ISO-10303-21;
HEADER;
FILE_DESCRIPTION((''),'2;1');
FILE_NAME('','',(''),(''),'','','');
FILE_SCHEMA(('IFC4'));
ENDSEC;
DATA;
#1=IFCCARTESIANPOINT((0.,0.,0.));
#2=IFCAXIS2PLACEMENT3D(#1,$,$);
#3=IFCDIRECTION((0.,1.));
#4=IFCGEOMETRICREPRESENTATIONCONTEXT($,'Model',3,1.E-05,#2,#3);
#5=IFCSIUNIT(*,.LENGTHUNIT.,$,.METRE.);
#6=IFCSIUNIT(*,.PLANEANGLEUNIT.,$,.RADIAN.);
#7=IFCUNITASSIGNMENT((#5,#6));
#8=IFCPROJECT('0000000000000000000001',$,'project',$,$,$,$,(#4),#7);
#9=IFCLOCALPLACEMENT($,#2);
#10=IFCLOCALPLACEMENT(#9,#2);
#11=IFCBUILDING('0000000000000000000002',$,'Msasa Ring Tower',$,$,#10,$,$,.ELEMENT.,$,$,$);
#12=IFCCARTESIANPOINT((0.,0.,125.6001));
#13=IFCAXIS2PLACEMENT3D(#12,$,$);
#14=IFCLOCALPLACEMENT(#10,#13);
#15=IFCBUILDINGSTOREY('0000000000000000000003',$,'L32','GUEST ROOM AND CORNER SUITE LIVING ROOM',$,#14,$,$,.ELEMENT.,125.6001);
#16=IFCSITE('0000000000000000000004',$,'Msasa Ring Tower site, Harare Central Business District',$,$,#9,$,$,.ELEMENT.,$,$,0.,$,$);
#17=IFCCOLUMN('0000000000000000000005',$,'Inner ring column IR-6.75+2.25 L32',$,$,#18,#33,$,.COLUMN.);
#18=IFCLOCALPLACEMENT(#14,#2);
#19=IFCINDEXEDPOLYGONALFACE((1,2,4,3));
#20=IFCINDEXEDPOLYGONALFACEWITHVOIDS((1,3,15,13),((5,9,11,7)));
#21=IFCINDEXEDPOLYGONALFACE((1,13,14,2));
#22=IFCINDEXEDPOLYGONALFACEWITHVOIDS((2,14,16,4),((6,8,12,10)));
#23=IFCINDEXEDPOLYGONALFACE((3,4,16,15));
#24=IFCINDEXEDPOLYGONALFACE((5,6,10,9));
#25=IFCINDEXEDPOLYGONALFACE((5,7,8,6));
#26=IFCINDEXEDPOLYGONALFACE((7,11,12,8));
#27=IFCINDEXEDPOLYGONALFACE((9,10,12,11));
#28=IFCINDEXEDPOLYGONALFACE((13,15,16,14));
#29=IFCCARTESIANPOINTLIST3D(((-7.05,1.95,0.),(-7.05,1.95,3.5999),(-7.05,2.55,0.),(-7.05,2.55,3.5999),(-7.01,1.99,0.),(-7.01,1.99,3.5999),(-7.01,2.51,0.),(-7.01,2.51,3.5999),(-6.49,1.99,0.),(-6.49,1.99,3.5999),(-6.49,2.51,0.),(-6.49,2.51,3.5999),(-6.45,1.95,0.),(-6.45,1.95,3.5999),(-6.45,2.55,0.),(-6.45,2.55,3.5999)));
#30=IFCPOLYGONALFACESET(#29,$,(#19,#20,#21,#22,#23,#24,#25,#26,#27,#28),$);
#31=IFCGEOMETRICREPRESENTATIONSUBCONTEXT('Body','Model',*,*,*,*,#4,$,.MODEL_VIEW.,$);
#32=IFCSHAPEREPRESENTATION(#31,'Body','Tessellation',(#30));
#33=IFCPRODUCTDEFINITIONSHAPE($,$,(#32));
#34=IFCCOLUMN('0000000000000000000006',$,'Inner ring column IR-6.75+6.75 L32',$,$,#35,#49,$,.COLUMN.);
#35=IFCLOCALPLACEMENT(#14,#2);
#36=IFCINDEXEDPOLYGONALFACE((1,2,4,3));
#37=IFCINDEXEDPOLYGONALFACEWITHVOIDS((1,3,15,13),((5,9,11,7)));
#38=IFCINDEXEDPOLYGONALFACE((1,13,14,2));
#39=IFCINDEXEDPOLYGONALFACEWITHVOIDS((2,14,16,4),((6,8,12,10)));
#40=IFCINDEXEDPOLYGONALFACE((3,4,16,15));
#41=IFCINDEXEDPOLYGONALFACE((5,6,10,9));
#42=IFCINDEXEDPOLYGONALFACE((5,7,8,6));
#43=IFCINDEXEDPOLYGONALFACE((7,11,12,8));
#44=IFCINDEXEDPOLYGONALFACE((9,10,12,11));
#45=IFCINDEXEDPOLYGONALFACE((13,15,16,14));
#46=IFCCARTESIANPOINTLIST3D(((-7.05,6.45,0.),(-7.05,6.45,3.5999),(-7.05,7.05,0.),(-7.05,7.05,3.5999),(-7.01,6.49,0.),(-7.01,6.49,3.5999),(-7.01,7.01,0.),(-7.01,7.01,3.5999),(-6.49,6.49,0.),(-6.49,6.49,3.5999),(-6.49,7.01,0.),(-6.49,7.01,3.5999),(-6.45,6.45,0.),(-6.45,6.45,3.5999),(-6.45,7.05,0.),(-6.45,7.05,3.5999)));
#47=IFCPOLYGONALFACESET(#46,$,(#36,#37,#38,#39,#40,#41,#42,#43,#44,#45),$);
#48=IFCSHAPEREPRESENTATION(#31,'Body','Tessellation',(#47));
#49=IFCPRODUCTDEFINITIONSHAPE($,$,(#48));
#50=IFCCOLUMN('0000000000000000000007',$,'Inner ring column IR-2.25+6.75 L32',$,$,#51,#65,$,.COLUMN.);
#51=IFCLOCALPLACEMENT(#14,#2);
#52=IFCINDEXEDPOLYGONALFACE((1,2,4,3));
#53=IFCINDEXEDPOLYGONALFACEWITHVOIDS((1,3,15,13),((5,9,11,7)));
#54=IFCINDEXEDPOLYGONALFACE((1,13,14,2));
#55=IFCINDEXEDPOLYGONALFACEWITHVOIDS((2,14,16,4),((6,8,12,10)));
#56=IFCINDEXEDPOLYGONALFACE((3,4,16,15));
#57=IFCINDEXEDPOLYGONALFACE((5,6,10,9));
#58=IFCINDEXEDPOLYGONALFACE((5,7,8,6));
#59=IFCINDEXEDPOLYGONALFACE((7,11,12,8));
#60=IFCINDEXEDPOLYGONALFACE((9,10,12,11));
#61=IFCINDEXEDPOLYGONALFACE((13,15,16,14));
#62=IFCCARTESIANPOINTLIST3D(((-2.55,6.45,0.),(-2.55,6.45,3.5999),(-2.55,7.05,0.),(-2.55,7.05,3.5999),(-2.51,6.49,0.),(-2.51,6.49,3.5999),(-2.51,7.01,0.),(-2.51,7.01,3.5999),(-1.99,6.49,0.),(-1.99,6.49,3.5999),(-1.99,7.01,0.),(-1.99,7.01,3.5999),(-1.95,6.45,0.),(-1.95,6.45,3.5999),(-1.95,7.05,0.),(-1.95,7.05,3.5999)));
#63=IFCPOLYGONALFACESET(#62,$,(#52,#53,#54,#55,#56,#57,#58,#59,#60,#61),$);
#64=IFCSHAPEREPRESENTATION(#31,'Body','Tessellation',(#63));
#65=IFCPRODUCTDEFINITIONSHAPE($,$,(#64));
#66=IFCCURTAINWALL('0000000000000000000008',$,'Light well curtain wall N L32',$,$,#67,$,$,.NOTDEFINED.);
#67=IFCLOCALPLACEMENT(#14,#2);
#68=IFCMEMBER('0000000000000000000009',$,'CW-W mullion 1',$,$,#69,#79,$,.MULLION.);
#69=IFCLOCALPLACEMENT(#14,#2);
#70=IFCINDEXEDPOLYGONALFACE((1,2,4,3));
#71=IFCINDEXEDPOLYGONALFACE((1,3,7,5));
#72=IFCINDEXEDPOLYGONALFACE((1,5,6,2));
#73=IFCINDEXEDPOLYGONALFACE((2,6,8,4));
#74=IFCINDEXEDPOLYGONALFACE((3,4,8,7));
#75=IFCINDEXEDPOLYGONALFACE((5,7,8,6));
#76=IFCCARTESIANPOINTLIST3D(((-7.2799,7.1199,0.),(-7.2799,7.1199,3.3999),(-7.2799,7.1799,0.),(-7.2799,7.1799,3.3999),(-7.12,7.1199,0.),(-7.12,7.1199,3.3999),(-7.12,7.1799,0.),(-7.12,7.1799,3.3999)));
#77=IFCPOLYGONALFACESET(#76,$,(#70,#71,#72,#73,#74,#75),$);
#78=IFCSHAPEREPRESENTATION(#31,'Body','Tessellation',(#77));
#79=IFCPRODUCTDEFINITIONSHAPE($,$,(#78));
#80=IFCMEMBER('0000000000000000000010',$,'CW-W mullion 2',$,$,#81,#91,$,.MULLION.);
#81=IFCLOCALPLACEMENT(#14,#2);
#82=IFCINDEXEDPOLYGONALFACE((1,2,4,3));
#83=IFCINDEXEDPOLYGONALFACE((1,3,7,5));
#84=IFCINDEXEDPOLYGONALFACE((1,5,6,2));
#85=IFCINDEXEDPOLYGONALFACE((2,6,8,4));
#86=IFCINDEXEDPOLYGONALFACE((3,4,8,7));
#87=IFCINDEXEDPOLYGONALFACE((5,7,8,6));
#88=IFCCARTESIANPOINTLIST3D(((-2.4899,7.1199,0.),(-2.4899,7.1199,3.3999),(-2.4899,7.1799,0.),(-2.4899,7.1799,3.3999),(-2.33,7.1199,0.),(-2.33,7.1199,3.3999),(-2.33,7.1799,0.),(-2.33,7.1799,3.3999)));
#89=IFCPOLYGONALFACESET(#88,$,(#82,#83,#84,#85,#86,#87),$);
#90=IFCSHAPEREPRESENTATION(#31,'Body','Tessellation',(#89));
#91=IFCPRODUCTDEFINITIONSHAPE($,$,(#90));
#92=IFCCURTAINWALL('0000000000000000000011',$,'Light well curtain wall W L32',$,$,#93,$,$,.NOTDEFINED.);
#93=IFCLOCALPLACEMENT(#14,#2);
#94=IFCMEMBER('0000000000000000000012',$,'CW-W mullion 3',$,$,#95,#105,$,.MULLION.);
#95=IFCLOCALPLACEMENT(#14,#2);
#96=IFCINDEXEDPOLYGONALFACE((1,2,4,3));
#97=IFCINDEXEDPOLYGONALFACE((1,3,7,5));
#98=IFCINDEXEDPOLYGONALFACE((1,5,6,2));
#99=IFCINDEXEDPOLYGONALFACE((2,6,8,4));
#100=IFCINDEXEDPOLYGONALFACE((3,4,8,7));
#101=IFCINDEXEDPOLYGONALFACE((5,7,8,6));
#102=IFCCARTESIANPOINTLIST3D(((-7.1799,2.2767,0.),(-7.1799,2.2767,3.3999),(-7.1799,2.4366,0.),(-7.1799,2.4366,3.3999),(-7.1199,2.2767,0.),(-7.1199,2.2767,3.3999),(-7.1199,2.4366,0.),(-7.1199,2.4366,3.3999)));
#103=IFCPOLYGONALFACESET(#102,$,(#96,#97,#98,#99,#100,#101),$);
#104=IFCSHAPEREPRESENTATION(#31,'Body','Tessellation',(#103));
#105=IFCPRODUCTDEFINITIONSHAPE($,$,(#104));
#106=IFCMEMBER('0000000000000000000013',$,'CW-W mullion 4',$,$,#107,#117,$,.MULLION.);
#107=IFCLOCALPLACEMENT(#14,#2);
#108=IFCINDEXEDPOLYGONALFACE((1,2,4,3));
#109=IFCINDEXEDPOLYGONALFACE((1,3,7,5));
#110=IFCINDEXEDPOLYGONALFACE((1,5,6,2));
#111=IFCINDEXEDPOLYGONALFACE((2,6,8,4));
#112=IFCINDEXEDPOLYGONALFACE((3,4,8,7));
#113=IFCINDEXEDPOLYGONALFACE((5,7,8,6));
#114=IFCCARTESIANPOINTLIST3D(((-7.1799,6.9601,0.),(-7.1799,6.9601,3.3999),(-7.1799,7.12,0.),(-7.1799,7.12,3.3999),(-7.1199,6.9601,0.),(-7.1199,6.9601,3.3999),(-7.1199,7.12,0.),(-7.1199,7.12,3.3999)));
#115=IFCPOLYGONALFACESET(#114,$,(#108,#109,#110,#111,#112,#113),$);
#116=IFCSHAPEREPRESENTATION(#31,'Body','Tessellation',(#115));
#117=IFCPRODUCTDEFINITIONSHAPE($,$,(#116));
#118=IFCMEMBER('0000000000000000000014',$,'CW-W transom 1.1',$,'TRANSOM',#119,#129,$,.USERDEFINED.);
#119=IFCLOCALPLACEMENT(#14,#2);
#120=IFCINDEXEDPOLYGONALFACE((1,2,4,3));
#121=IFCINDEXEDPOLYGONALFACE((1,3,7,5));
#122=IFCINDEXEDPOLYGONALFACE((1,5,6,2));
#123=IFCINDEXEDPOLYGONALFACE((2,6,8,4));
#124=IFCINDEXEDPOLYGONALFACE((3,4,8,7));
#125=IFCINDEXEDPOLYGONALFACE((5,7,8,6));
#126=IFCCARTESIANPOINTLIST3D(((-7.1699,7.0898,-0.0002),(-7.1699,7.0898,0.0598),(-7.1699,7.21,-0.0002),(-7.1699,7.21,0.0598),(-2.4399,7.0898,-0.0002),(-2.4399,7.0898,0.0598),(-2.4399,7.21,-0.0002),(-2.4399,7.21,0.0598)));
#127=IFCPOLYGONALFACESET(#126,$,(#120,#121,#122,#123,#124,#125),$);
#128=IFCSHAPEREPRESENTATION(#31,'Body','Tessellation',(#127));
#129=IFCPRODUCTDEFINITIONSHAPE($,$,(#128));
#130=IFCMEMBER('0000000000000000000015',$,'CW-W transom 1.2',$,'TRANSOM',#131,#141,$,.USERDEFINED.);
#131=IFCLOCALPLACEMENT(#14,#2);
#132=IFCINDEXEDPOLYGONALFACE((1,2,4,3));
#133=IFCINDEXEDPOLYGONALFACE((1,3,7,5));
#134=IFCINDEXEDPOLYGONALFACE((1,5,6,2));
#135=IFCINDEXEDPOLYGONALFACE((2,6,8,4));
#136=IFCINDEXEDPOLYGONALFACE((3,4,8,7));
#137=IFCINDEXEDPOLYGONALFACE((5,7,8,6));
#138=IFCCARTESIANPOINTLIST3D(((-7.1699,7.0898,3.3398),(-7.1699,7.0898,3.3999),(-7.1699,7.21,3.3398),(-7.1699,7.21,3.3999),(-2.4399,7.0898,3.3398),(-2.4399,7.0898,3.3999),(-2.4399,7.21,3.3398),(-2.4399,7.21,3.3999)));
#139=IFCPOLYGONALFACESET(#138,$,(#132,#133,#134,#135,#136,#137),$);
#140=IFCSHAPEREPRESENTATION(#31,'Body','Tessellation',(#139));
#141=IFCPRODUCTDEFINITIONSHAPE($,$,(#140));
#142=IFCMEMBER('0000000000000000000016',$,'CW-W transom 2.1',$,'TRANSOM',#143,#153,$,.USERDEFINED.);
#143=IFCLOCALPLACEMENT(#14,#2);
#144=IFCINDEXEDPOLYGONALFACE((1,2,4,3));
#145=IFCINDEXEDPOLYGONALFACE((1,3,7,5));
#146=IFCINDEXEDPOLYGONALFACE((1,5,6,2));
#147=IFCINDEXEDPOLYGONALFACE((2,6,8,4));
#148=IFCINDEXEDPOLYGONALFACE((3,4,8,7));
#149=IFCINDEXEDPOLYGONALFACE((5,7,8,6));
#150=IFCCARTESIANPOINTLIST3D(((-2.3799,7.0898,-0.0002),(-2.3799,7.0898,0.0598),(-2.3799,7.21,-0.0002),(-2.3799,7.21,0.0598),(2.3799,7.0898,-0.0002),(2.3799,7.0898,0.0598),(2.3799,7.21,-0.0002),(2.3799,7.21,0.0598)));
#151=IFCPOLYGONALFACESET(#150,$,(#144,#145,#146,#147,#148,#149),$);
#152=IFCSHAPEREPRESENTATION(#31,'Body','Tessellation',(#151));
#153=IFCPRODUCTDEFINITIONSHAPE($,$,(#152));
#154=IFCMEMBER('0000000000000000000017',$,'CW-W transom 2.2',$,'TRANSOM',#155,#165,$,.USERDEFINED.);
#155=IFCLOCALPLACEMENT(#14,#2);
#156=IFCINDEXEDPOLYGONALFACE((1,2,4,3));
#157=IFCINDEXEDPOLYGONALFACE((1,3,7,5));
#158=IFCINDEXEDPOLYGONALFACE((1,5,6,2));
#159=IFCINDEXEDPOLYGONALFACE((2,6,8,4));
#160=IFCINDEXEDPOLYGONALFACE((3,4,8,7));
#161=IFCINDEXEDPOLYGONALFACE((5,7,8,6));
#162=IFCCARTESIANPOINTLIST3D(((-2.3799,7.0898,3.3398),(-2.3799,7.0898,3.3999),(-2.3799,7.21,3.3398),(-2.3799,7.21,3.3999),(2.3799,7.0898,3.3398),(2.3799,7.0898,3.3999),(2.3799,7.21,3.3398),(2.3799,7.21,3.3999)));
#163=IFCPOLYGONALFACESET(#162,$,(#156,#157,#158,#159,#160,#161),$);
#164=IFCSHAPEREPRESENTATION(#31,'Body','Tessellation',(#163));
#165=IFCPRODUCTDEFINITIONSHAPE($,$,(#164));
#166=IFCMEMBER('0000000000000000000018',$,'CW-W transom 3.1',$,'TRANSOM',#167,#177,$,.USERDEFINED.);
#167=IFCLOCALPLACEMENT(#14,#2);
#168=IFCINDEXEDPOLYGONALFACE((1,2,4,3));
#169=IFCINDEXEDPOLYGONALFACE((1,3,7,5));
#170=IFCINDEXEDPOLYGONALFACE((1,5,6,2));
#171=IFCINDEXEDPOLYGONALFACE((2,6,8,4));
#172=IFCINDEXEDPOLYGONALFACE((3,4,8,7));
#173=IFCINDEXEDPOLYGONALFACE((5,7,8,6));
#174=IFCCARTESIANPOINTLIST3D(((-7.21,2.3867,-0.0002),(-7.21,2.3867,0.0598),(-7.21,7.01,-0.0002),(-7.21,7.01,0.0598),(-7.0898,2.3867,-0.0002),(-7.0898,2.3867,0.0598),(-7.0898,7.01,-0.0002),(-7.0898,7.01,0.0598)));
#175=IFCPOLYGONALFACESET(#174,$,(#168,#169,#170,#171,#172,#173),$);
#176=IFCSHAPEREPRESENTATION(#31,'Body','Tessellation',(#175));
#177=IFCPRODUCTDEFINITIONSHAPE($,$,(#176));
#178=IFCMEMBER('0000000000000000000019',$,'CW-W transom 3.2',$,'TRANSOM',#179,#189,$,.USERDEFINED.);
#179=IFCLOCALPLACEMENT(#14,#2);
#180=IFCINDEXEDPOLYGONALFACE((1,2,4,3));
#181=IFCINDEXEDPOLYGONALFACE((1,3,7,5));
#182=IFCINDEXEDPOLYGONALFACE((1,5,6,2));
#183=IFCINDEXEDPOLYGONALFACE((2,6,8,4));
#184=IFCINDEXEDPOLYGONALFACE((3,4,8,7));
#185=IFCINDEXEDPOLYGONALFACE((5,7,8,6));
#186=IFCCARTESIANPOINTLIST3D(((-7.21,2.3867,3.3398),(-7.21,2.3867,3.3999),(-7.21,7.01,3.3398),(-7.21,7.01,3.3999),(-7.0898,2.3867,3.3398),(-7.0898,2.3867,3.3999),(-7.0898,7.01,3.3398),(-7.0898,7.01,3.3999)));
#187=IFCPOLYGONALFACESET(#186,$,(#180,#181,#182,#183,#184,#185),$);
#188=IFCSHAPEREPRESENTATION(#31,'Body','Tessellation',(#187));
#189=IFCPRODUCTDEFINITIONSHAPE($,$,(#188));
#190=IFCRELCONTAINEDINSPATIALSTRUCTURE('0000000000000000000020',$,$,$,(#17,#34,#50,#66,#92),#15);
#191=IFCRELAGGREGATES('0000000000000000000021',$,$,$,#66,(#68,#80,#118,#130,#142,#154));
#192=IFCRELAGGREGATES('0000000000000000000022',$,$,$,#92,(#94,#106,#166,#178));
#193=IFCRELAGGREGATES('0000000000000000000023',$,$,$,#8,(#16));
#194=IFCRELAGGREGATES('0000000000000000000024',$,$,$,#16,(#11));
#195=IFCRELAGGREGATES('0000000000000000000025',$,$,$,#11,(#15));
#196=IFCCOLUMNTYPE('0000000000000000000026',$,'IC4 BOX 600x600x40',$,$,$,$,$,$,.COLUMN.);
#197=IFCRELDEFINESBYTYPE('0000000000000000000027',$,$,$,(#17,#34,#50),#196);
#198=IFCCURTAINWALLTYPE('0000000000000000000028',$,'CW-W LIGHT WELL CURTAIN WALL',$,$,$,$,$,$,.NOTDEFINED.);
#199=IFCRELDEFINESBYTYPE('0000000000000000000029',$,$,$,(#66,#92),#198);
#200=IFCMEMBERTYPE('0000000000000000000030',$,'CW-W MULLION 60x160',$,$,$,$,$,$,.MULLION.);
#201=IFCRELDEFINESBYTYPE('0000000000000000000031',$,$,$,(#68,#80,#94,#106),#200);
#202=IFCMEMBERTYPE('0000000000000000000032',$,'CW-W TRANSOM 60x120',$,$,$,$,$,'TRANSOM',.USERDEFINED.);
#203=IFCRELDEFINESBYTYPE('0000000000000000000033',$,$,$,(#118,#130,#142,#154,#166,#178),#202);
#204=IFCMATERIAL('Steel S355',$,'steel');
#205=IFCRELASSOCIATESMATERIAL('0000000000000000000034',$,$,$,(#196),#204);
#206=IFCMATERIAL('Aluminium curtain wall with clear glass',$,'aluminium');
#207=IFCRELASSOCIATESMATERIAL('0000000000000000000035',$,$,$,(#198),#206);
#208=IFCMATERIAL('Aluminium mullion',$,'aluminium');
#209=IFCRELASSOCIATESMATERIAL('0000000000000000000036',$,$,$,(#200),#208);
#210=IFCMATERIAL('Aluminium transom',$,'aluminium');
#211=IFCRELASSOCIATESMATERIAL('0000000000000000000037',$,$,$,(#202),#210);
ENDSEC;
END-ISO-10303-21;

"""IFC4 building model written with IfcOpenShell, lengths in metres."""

from ifc_helpers import new_model, si_unit, direction, frame, origin, origin_2d, place, context, subcontext, project, spatial, rectangle, hollow_rectangle, extrude, material, material_profile, profile_set, type_object, element, aggregate, save


model = new_model("IFC4")

# Units and contexts
model_context = context("Model", 3, precision=1e-05, world=origin(), true_north=direction((0.0, 1.0)))
body_context = subcontext(model_context, "Body", "Model", "MODEL_VIEW")
ifc_project = project(units=[si_unit("LENGTHUNIT", "METRE"), si_unit("PLANEANGLEUNIT", "RADIAN")], contexts=[model_context])

# Site, building, storey
site_placement = place(None, origin())
site = spatial("IfcSite", under=ifc_project, at=site_placement, Name="Msasa Ring Tower site, Harare Central Business District", CompositionType="ELEMENT", RefElevation=0.0)
building_placement = place(site_placement, origin())
building = spatial("IfcBuilding", under=site, at=building_placement, Name="Msasa Ring Tower", CompositionType="ELEMENT")
storey_placement = place(building_placement, frame((0.0, 0.0, 125.6001)))
storey = spatial("IfcBuildingStorey", under=building, at=storey_placement, Name="L32", Description="GUEST ROOM AND CORNER SUITE LIVING ROOM", CompositionType="ELEMENT", Elevation=125.6001)

# Columns
ifc_material_1 = material(Name="Steel S355", Category="steel")
ifc_material_profile_1 = material_profile(ifc_material_1, hollow_rectangle(XDim=0.6001, YDim=0.6001, WallThickness=0.04, at=origin_2d()), Name="BOX 600x600x40")
ifc_profile_set_1 = profile_set([ifc_material_profile_1], Name="Steel S355")
column_type = type_object("IfcColumnType", Name="IC4 BOX 600x600x40", PredefinedType="COLUMN", material=ifc_profile_set_1)
for number, where, z_axis, x_axis, name in (
    (1, (-6.75, 2.25, 0.0), (0.0, 0.0, 1.0), (1.0, 0.0, 0.0), "Inner ring column IR-6.75+2.25 L32"),
    (2, (-6.75, 6.75, 0.0), (0.0, 0.0, 1.0), (1.0, 0.0, 0.0), "Inner ring column IR-6.75+6.75 L32"),
    (3, (-2.25, 6.75, 0.0), (0.0, 0.0, 1.0), (1.0, 0.0, 0.0), "Inner ring column IR-2.25+6.75 L32"),
):
    element("IfcColumn", number, at=place(storey_placement, frame(where, z_axis=z_axis, x_axis=x_axis)), inside=storey, type_object=column_type, Name=name, PredefinedType="COLUMN", context=body_context, shape_type="SweptSolid", body=[
        extrude(hollow_rectangle(XDim=0.6001, YDim=0.6001, WallThickness=0.04, at=origin_2d()), origin(), (0.0, 0.0, 1.0), 3.5999),
    ])

# Curtain walls, members
ifc_material_2 = material(Name="Aluminium curtain wall with clear glass", Category="aluminium")
curtain_wall_type = type_object("IfcCurtainWallType", Name="CW-W LIGHT WELL CURTAIN WALL", PredefinedType="NOTDEFINED", material=ifc_material_2)
curtain_wall_1_placement = place(storey_placement, origin())
curtain_wall_1 = element("IfcCurtainWall", 4, at=curtain_wall_1_placement, inside=storey, type_object=curtain_wall_type, Name="Light well curtain wall N L32", PredefinedType="NOTDEFINED")
ifc_material_3 = material(Name="Aluminium mullion", Category="aluminium")
ifc_material_profile_2 = material_profile(ifc_material_3, rectangle(XDim=0.0601, YDim=0.1599, at=origin_2d()), Name="AL 60x160")
ifc_profile_set_2 = profile_set([ifc_material_profile_2], Name="Aluminium mullion")
member_type_1 = type_object("IfcMemberType", Name="CW-W MULLION 60x160", PredefinedType="MULLION", material=ifc_profile_set_2)
member_1_placement = place(storey_placement, frame((-7.2, 7.1499, 0.0), z_axis=(0.0, 0.0, 1.0), x_axis=(0.0, 1.0, 0.0)))
member_1 = element("IfcMember", 5, at=member_1_placement, type_object=member_type_1, Name="CW-W mullion 1", PredefinedType="MULLION", context=body_context, shape_type="SweptSolid", body=[
    extrude(rectangle(XDim=0.0601, YDim=0.1599, at=origin_2d()), origin(), (0.0, 0.0, 1.0), 3.3999),
])
member_2_placement = place(storey_placement, frame((-2.4099, 7.1499, 0.0), z_axis=(0.0, 0.0, 1.0), x_axis=(0.0, 1.0, 0.0)))
member_2 = element("IfcMember", 6, at=member_2_placement, type_object=member_type_1, Name="CW-W mullion 2", PredefinedType="MULLION", context=body_context, shape_type="SweptSolid", body=[
    extrude(rectangle(XDim=0.0601, YDim=0.1599, at=origin_2d()), origin(), (0.0, 0.0, 1.0), 3.3999),
])
curtain_wall_2_placement = place(storey_placement, origin())
curtain_wall_2 = element("IfcCurtainWall", 7, at=curtain_wall_2_placement, inside=storey, type_object=curtain_wall_type, Name="Light well curtain wall W L32", PredefinedType="NOTDEFINED")
member_3_placement = place(storey_placement, frame((-7.1499, 2.3567, 0.0), z_axis=(0.0, 0.0, 1.0), x_axis=(-1.0, 0.0, 0.0)))
member_3 = element("IfcMember", 8, at=member_3_placement, type_object=member_type_1, Name="CW-W mullion 3", PredefinedType="MULLION", context=body_context, shape_type="SweptSolid", body=[
    extrude(rectangle(XDim=0.0601, YDim=0.1599, at=origin_2d()), origin(), (0.0, 0.0, 1.0), 3.3999),
])
member_4_placement = place(storey_placement, frame((-7.1499, 7.04, 0.0), z_axis=(0.0, 0.0, 1.0), x_axis=(-1.0, 0.0, 0.0)))
member_4 = element("IfcMember", 9, at=member_4_placement, type_object=member_type_1, Name="CW-W mullion 4", PredefinedType="MULLION", context=body_context, shape_type="SweptSolid", body=[
    extrude(rectangle(XDim=0.0601, YDim=0.1599, at=origin_2d()), origin(), (0.0, 0.0, 1.0), 3.3999),
])

# Members
ifc_material_4 = material(Name="Aluminium transom", Category="aluminium")
ifc_material_profile_3 = material_profile(ifc_material_4, rectangle(XDim=0.1201, YDim=0.0601, at=origin_2d()), Name="AL 60x120")
ifc_profile_set_3 = profile_set([ifc_material_profile_3], Name="Aluminium transom")
member_type_2 = type_object("IfcMemberType", Name="CW-W TRANSOM 60x120", ElementType="TRANSOM", PredefinedType="USERDEFINED", material=ifc_profile_set_3)
member_5_placement = place(storey_placement, frame((-7.1699, 7.1499, 0.0298), z_axis=(1.0, 0.0, 0.0), x_axis=(0.0, 1.0, 0.0)))
member_5 = element("IfcMember", 10, at=member_5_placement, type_object=member_type_2, Name="CW-W transom 1.1", ObjectType="TRANSOM", PredefinedType="USERDEFINED", context=body_context, shape_type="SweptSolid", body=[
    extrude(rectangle(XDim=0.1201, YDim=0.0601, at=origin_2d()), origin(), (0.0, 0.0, 1.0), 4.73),
])
member_6_placement = place(storey_placement, frame((-7.1699, 7.1499, 3.3699), z_axis=(1.0, 0.0, 0.0), x_axis=(0.0, 1.0, 0.0)))
member_6 = element("IfcMember", 11, at=member_6_placement, type_object=member_type_2, Name="CW-W transom 1.2", ObjectType="TRANSOM", PredefinedType="USERDEFINED", context=body_context, shape_type="SweptSolid", body=[
    extrude(rectangle(XDim=0.1201, YDim=0.0601, at=origin_2d()), origin(), (0.0, 0.0, 1.0), 4.73),
])
member_7_placement = place(storey_placement, frame((-2.3799, 7.1499, 0.0298), z_axis=(1.0, 0.0, 0.0), x_axis=(0.0, 1.0, 0.0)))
member_7 = element("IfcMember", 12, at=member_7_placement, type_object=member_type_2, Name="CW-W transom 2.1", ObjectType="TRANSOM", PredefinedType="USERDEFINED", context=body_context, shape_type="SweptSolid", body=[
    extrude(rectangle(XDim=0.1201, YDim=0.0601, at=origin_2d()), origin(), (0.0, 0.0, 1.0), 4.7598),
])
member_8_placement = place(storey_placement, frame((-2.3799, 7.1499, 3.3699), z_axis=(1.0, 0.0, 0.0), x_axis=(0.0, 1.0, 0.0)))
member_8 = element("IfcMember", 13, at=member_8_placement, type_object=member_type_2, Name="CW-W transom 2.2", ObjectType="TRANSOM", PredefinedType="USERDEFINED", context=body_context, shape_type="SweptSolid", body=[
    extrude(rectangle(XDim=0.1201, YDim=0.0601, at=origin_2d()), origin(), (0.0, 0.0, 1.0), 4.7598),
])
member_9_placement = place(storey_placement, frame((-7.1499, 2.3867, 0.0298), z_axis=(0.0, 1.0, 0.0), x_axis=(-1.0, 0.0, 0.0)))
member_9 = element("IfcMember", 14, at=member_9_placement, type_object=member_type_2, Name="CW-W transom 3.1", ObjectType="TRANSOM", PredefinedType="USERDEFINED", context=body_context, shape_type="SweptSolid", body=[
    extrude(rectangle(XDim=0.1201, YDim=0.0601, at=origin_2d()), origin(), (0.0, 0.0, 1.0), 4.6233),
])
member_10_placement = place(storey_placement, frame((-7.1499, 2.3867, 3.3699), z_axis=(0.0, 1.0, 0.0), x_axis=(-1.0, 0.0, 0.0)))
member_10 = element("IfcMember", 15, at=member_10_placement, type_object=member_type_2, Name="CW-W transom 3.2", ObjectType="TRANSOM", PredefinedType="USERDEFINED", context=body_context, shape_type="SweptSolid", body=[
    extrude(rectangle(XDim=0.1201, YDim=0.0601, at=origin_2d()), origin(), (0.0, 0.0, 1.0), 4.6233),
])

aggregate(curtain_wall_1, [member_1, member_2, member_5, member_6, member_7, member_8])
aggregate(curtain_wall_2, [member_3, member_4, member_9, member_10])

save(model, "model.ifc")
